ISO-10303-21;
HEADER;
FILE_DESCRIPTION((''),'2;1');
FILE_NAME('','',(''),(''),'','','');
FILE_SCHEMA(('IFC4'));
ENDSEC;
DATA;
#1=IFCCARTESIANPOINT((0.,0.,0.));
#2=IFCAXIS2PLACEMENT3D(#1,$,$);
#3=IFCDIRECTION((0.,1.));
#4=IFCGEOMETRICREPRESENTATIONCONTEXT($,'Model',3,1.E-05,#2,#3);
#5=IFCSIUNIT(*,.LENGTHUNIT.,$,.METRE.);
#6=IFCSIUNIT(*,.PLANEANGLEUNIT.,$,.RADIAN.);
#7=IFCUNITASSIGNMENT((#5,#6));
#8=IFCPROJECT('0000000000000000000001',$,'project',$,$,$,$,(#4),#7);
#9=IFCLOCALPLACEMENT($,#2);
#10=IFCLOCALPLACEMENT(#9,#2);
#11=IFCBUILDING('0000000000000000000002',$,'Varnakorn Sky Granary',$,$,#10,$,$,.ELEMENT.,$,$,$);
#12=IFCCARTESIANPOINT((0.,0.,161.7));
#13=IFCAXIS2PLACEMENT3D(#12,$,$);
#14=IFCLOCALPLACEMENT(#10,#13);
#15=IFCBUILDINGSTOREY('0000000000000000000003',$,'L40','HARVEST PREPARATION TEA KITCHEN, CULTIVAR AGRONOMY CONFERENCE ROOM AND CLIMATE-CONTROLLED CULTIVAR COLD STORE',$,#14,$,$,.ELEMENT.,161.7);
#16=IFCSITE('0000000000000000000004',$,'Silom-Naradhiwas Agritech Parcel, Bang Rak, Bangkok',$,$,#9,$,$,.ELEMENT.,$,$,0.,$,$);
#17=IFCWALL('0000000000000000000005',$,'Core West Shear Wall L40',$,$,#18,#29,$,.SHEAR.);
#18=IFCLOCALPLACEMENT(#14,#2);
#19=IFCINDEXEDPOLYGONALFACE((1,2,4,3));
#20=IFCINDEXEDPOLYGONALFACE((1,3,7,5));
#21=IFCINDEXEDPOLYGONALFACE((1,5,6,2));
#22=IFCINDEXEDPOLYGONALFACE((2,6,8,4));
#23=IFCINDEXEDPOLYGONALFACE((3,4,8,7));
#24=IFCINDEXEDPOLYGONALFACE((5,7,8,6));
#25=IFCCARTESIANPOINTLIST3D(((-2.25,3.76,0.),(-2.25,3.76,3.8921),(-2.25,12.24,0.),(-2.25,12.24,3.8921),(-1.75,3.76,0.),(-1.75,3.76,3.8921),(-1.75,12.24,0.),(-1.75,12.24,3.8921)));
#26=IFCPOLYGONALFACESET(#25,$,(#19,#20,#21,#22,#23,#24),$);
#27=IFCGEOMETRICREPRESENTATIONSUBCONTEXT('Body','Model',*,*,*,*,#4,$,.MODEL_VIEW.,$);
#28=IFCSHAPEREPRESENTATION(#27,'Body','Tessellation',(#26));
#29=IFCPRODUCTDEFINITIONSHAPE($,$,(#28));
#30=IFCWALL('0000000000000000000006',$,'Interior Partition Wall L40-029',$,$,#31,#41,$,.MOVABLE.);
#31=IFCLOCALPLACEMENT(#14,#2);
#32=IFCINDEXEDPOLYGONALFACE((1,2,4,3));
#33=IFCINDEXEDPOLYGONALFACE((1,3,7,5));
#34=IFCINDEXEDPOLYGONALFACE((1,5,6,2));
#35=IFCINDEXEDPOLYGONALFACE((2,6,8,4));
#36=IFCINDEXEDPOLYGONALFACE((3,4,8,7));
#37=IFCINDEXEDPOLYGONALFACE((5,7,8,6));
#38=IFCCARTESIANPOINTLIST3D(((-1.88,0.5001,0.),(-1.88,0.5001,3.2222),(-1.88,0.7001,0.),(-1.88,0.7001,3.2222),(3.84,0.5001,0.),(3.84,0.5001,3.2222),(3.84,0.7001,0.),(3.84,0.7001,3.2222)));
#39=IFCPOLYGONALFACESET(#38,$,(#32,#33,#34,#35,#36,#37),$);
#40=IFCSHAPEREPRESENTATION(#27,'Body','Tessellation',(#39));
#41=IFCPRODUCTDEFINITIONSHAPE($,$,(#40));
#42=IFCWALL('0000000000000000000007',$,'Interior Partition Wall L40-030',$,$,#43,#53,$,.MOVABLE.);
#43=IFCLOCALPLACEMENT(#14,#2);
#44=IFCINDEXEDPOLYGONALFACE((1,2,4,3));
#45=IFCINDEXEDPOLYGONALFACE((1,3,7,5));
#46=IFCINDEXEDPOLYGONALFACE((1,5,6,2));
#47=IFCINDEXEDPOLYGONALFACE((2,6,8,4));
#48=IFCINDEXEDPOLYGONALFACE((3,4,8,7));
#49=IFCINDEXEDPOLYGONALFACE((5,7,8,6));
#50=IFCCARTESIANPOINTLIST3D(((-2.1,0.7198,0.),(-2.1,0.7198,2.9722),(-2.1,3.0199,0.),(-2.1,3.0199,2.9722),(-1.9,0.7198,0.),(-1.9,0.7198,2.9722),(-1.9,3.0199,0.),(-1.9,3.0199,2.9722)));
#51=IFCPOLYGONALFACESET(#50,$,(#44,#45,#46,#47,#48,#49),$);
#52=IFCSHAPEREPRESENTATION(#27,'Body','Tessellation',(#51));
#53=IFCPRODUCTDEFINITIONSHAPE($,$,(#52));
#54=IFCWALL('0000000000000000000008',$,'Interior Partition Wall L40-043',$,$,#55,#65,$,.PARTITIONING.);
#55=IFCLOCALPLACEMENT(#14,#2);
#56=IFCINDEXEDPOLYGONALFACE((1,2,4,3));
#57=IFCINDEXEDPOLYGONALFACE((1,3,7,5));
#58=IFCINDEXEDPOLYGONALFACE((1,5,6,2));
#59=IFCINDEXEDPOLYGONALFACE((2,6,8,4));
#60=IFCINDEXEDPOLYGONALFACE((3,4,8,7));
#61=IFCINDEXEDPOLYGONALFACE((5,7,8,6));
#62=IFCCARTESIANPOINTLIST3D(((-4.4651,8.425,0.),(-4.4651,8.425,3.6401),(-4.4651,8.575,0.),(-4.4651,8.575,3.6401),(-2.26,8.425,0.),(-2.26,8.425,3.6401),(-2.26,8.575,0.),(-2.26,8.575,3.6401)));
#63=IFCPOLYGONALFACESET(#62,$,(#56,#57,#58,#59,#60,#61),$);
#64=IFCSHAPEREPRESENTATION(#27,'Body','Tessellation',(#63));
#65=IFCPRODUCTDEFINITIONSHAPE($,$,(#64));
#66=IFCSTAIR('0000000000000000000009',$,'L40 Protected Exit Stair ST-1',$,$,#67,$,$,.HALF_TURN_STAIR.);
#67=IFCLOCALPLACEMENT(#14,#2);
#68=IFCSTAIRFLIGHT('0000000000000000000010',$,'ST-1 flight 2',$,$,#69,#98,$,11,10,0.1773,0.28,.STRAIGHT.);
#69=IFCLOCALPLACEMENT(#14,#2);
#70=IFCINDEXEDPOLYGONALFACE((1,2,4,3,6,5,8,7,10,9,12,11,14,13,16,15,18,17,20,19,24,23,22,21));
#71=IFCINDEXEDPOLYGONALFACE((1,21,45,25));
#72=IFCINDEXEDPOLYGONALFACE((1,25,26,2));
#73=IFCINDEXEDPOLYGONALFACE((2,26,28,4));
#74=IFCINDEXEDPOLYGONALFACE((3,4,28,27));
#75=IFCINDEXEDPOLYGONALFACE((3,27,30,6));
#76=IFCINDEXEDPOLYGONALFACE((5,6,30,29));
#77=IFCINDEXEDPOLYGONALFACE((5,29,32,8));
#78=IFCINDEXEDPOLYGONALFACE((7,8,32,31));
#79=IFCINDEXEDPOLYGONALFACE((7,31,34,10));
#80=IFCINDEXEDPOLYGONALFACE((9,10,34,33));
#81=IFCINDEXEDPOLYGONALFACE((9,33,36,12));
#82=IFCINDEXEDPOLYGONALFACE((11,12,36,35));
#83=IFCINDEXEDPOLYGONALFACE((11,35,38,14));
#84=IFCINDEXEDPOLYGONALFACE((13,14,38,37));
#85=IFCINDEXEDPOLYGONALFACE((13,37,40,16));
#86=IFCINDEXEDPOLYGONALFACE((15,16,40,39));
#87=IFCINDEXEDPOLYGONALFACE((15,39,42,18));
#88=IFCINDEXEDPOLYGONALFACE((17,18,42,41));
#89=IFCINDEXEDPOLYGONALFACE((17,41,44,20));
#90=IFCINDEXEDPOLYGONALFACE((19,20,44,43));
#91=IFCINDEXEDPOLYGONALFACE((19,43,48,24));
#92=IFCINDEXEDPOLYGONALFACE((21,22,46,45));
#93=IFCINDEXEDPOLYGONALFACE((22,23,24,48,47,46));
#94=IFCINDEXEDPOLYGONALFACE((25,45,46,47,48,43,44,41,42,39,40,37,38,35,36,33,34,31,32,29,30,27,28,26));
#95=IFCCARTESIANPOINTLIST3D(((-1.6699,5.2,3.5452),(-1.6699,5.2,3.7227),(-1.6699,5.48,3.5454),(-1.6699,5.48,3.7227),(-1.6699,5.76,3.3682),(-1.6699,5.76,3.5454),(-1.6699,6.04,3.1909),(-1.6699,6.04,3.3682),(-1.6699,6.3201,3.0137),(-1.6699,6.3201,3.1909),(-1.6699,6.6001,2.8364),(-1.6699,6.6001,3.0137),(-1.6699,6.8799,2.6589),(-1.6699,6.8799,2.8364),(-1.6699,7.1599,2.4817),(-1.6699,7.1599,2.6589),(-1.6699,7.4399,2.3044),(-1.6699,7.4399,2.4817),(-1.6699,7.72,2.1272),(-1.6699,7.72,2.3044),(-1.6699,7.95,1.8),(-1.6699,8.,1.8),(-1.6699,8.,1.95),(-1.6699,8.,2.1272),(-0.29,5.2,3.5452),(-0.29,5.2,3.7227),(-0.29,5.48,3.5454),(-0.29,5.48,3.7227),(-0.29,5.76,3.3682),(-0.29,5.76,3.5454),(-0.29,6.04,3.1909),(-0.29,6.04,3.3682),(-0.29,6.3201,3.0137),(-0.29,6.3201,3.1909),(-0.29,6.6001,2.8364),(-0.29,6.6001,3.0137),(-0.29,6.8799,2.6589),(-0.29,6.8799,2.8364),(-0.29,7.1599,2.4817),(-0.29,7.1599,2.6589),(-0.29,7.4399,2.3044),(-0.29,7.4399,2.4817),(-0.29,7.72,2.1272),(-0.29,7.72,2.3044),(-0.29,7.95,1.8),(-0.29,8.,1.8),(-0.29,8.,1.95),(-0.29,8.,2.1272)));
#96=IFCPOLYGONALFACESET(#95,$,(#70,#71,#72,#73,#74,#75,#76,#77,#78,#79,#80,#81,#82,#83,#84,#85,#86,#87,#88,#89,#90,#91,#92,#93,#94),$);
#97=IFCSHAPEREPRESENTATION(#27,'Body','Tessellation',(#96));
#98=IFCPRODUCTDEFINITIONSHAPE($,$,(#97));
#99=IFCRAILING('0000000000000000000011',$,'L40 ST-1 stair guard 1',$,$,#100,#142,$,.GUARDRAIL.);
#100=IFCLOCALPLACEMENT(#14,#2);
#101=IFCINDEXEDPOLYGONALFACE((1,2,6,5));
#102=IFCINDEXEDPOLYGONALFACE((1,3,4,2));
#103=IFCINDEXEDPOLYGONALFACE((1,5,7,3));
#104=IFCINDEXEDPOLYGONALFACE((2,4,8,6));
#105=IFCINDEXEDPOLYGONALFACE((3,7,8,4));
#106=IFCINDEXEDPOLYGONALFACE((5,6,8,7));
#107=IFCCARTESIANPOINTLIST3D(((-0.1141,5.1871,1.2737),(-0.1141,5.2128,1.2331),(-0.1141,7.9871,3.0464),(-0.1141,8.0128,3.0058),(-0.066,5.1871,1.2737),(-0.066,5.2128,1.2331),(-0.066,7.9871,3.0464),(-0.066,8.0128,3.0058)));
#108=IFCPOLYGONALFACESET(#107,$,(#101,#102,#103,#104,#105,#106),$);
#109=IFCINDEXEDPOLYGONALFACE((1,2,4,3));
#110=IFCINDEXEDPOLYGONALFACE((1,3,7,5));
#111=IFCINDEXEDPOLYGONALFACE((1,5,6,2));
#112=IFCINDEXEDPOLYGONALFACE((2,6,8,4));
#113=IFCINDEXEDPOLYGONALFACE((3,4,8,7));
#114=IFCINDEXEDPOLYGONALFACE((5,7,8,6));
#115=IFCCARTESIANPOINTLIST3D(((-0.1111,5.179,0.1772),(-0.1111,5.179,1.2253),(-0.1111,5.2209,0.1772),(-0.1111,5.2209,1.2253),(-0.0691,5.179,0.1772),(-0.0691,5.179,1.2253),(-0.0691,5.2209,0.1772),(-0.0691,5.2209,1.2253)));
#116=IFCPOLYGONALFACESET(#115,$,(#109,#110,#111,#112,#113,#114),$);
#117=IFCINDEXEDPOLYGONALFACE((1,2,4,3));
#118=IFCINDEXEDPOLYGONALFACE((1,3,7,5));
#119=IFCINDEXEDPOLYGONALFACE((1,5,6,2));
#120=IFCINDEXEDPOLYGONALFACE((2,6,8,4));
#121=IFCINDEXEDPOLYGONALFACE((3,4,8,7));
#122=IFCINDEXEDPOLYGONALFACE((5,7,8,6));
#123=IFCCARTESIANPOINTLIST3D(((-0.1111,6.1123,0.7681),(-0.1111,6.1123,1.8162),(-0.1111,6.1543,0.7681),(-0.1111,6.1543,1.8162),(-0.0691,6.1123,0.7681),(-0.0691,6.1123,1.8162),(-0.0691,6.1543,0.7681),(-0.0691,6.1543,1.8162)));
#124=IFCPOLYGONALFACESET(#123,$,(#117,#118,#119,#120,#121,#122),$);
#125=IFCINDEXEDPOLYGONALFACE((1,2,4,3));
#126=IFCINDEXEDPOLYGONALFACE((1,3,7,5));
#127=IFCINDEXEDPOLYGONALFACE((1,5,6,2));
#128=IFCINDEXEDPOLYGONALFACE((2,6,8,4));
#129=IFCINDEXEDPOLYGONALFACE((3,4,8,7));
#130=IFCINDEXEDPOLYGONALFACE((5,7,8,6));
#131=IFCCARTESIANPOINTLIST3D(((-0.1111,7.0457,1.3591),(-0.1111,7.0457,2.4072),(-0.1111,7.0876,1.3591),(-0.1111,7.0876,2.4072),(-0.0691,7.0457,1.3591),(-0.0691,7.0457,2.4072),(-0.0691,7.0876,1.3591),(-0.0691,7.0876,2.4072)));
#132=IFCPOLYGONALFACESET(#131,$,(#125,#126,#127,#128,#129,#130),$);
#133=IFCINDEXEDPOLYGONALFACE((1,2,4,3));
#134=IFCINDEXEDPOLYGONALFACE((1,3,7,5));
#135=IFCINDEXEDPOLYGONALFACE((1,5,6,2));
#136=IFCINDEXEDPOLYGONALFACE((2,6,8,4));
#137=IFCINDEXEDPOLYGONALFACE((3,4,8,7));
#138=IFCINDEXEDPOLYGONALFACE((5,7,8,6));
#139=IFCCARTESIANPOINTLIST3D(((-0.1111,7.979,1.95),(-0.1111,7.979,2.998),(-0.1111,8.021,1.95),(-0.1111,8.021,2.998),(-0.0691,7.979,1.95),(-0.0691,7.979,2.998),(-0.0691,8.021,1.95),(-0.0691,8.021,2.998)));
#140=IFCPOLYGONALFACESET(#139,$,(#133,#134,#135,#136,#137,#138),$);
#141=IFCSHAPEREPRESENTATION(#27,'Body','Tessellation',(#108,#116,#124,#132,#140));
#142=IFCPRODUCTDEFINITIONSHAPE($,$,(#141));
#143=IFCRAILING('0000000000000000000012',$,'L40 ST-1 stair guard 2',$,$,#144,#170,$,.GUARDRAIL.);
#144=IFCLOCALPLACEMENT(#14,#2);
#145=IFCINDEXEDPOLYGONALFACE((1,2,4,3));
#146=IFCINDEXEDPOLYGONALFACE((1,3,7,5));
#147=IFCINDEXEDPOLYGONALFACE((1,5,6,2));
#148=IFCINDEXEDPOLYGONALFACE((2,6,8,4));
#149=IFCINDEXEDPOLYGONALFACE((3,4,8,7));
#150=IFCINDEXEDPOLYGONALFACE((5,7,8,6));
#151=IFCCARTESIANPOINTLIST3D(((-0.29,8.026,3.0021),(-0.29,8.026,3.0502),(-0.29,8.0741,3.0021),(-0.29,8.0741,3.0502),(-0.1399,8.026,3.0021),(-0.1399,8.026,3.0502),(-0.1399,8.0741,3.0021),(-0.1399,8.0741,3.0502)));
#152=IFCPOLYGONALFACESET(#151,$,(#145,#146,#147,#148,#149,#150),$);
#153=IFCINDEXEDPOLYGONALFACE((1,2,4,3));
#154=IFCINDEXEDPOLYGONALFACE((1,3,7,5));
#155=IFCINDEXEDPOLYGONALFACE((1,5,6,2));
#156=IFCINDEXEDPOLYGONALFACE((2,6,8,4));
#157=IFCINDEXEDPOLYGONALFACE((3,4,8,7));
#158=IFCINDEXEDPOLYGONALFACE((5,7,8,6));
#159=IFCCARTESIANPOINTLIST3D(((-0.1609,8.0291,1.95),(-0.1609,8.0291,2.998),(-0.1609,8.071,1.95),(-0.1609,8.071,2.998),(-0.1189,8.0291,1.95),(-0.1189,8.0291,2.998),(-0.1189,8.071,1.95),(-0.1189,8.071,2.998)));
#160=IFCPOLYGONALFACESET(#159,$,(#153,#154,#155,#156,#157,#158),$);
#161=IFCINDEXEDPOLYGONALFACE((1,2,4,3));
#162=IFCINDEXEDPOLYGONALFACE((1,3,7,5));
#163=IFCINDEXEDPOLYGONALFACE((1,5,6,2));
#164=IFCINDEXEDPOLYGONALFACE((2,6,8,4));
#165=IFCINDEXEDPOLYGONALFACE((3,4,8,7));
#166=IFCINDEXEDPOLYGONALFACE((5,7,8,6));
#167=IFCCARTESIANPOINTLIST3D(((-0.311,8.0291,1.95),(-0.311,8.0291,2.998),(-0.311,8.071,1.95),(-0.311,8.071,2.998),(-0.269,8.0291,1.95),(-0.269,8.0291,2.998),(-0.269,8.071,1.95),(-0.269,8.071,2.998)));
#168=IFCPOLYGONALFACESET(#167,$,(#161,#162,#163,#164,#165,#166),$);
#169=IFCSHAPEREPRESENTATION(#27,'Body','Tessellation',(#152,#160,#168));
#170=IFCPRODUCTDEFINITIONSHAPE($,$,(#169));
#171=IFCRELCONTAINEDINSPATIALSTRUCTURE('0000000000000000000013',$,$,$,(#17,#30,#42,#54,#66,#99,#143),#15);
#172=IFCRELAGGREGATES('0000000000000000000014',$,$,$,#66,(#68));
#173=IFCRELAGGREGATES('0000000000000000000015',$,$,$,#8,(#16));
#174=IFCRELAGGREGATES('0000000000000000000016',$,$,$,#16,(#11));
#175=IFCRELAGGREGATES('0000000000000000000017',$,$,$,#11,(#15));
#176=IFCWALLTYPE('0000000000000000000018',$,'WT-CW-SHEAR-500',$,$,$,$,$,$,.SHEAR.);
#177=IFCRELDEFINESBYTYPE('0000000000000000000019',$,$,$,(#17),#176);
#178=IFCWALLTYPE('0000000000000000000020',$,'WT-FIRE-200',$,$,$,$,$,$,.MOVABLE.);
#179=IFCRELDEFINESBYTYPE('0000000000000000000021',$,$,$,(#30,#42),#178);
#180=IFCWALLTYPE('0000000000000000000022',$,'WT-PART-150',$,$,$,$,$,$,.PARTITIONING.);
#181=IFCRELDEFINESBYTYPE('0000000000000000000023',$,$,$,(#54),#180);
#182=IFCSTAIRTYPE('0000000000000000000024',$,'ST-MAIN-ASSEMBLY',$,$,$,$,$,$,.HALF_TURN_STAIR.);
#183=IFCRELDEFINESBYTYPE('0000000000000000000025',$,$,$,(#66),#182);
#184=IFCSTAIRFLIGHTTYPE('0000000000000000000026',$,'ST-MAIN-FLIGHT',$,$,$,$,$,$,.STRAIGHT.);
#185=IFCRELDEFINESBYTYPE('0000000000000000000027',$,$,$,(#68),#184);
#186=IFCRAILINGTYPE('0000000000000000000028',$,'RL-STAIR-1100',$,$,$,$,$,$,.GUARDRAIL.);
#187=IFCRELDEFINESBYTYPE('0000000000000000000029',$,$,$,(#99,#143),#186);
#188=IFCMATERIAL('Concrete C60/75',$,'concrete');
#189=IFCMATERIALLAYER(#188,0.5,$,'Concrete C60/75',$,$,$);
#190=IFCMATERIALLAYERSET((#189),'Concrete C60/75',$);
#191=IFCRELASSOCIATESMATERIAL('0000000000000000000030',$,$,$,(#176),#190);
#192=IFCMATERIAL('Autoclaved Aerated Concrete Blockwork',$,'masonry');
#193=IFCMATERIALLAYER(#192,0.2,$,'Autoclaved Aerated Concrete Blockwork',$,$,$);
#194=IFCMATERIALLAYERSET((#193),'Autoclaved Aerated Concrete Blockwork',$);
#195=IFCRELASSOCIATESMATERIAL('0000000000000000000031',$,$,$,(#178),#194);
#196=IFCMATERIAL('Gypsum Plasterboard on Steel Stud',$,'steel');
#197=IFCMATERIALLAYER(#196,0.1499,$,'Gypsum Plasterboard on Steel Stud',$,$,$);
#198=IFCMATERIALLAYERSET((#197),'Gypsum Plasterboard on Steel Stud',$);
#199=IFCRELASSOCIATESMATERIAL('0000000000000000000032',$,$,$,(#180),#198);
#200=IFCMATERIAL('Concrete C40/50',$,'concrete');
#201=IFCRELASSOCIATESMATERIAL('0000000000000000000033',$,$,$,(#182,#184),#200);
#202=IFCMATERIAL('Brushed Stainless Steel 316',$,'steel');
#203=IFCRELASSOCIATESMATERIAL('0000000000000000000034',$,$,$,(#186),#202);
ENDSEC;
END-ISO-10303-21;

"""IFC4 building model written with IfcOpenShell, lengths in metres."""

from ifc_helpers import new_model, si_unit, direction, frame, frame_2d, origin, origin_2d, place, context, subcontext, project, spatial, polyline, rectangle, outline, extrude, material, layer, layer_set, type_object, element, aggregate, save


model = new_model("IFC4")

# Units and contexts
model_context = context("Model", 3, precision=1e-05, world=origin(), true_north=direction((0.0, 1.0)))
body_context = subcontext(model_context, "Body", "Model", "MODEL_VIEW")
ifc_project = project(units=[si_unit("LENGTHUNIT", "METRE"), si_unit("PLANEANGLEUNIT", "RADIAN")], contexts=[model_context])

# Site, building, storey
site_placement = place(None, origin())
site = spatial("IfcSite", under=ifc_project, at=site_placement, Name="Silom-Naradhiwas Agritech Parcel, Bang Rak, Bangkok", CompositionType="ELEMENT", RefElevation=0.0)
building_placement = place(site_placement, origin())
building = spatial("IfcBuilding", under=site, at=building_placement, Name="Varnakorn Sky Granary", CompositionType="ELEMENT")
storey_placement = place(building_placement, frame((0.0, 0.0, 161.7)))
storey = spatial("IfcBuildingStorey", under=building, at=storey_placement, Name="L40", Description="HARVEST PREPARATION TEA KITCHEN, CULTIVAR AGRONOMY CONFERENCE ROOM AND CLIMATE-CONTROLLED CULTIVAR COLD STORE", CompositionType="ELEMENT", Elevation=161.7)

# Shared definitions
ifc_material_1 = material(Name="Concrete C60/75", Category="concrete")
ifc_layer_1 = layer(ifc_material_1, 0.5, Name="Concrete C60/75")
ifc_layer_set_1 = layer_set([ifc_layer_1], Name="Concrete C60/75")
wall_type_1 = type_object("IfcWallType", Name="WT-CW-SHEAR-500", PredefinedType="SHEAR", material=ifc_layer_set_1)

# Walls
wall_1_placement = place(storey_placement, frame((-2.0, 3.76, 0.0), z_axis=(0.0, 0.0, 1.0), x_axis=(0.0, 1.0, 0.0)))
element("IfcWall", 1, at=wall_1_placement, inside=storey, type_object=wall_type_1, Name="Core West Shear Wall L40", PredefinedType="SHEAR", context=body_context, shape_type="SweptSolid", body=[
    extrude(rectangle(XDim=8.48, YDim=0.5, at=frame_2d((4.24, 0.0))), origin(), (0.0, 0.0, 1.0), 3.8921),
])
ifc_material_2 = material(Name="Autoclaved Aerated Concrete Blockwork", Category="masonry")
ifc_layer_2 = layer(ifc_material_2, 0.2, Name="Autoclaved Aerated Concrete Blockwork")
ifc_layer_set_2 = layer_set([ifc_layer_2], Name="Autoclaved Aerated Concrete Blockwork")
wall_type_2 = type_object("IfcWallType", Name="WT-FIRE-200", PredefinedType="MOVABLE", material=ifc_layer_set_2)
wall_2_placement = place(storey_placement, frame((-1.8799, 0.6001, 0.0), z_axis=(0.0, 0.0, 1.0), x_axis=(1.0, 0.0, 0.0)))
element("IfcWall", 2, at=wall_2_placement, inside=storey, type_object=wall_type_2, Name="Interior Partition Wall L40-029", PredefinedType="MOVABLE", context=body_context, shape_type="SweptSolid", body=[
    extrude(rectangle(XDim=5.72, YDim=0.2, at=frame_2d((2.8599, 0.0))), origin(), (0.0, 0.0, 1.0), 3.2222),
])
wall_3_placement = place(storey_placement, frame((-2.0, 0.72, 0.0), z_axis=(0.0, 0.0, 1.0), x_axis=(0.0, 1.0, 0.0)))
element("IfcWall", 3, at=wall_3_placement, inside=storey, type_object=wall_type_2, Name="Interior Partition Wall L40-030", PredefinedType="MOVABLE", context=body_context, shape_type="SweptSolid", body=[
    extrude(rectangle(XDim=2.3, YDim=0.2, at=frame_2d((1.1499, 0.0))), origin(), (0.0, 0.0, 1.0), 2.9722),
])
ifc_material_3 = material(Name="Gypsum Plasterboard on Steel Stud", Category="steel")
ifc_layer_3 = layer(ifc_material_3, 0.1499, Name="Gypsum Plasterboard on Steel Stud")
ifc_layer_set_3 = layer_set([ifc_layer_3], Name="Gypsum Plasterboard on Steel Stud")
wall_type_3 = type_object("IfcWallType", Name="WT-PART-150", PredefinedType="PARTITIONING", material=ifc_layer_set_3)
wall_4_placement = place(storey_placement, frame((-4.4651, 8.5, 0.0), z_axis=(0.0, 0.0, 1.0), x_axis=(1.0, 0.0, 0.0)))
element("IfcWall", 4, at=wall_4_placement, inside=storey, type_object=wall_type_3, Name="Interior Partition Wall L40-043", PredefinedType="PARTITIONING", context=body_context, shape_type="SweptSolid", body=[
    extrude(rectangle(XDim=2.2051, YDim=0.1499, at=frame_2d((1.1025, 0.0))), origin(), (0.0, 0.0, 1.0), 3.6401),
])

# Stair, stair flight
ifc_material_4 = material(Name="Concrete C40/50", Category="concrete")
stair_type = type_object("IfcStairType", Name="ST-MAIN-ASSEMBLY", PredefinedType="HALF_TURN_STAIR", material=ifc_material_4)
stair_placement = place(storey_placement, origin())
stair = element("IfcStair", 5, at=stair_placement, inside=storey, type_object=stair_type, Name="L40 Protected Exit Stair ST-1", PredefinedType="HALF_TURN_STAIR")
stair_flight_type = type_object("IfcStairFlightType", Name="ST-MAIN-FLIGHT", PredefinedType="STRAIGHT", material=ifc_material_4)
stair_flight_placement = place(storey_placement, frame((-0.98, 8.0, 1.95), z_axis=(0.0, 0.0, 1.0), x_axis=(0.0, -1.0, 0.0)))
stair_flight = element("IfcStairFlight", 6, at=stair_flight_placement, type_object=stair_flight_type, Name="ST-1 flight 2", NumberOfRisers=11, NumberOfTreads=10, PredefinedType="STRAIGHT", RiserHeight=0.1773, TreadLength=0.28, context=body_context, shape_type="SweptSolid", body=[
    extrude(outline(polyline([(0.0, -0.1499), (0.0, 0.0), (0.0, 0.1772), (0.28, 0.1772), (0.28, 0.3545), (0.5601, 0.3545), (0.5601, 0.5317), (0.8401, 0.5317), (0.8401, 0.709), (1.1201, 0.709), (1.1201, 0.8865), (1.3999, 0.8865), (1.3999, 1.0637), (1.6799, 1.0637), (1.6799, 1.241), (1.96, 1.241), (1.96, 1.4182), (2.24, 1.4182), (2.24, 1.5955), (2.52, 1.5955), (2.52, 1.7727), (2.8, 1.7727), (2.8, 1.95), (2.8, 1.5952), (0.05, -0.1499), (0.0, -0.1499)])), frame((0.0, 0.6899, 0.0), z_axis=(0.0, -1.0, 0.0), x_axis=(1.0, 0.0, 0.0)), (0.0, 0.0, 1.0), 1.3799),
])
aggregate(stair, [stair_flight])

# Railings
ifc_material_5 = material(Name="Brushed Stainless Steel 316", Category="steel")
railing_type_1 = type_object("IfcRailingType", Name="RL-STAIR-1100", PredefinedType="GUARDRAIL", material=ifc_material_5)
railing_1_placement = place(storey_placement, frame((-0.0901, 5.2, 0.1772)))
element("IfcRailing", 7, at=railing_1_placement, inside=storey, type_object=railing_type_1, Name="L40 ST-1 stair guard 1", PredefinedType="GUARDRAIL", context=body_context, shape_type="SweptSolid", body=[
    extrude(rectangle(XDim=0.0481, YDim=0.0481, at=origin_2d()), frame((0.0, 0.0, 1.0762), z_axis=(0.0, 0.844909, 0.53491), x_axis=(-1.0, 0.0, 0.0)), (0.0, 0.0, 1.0), 3.314),
    extrude(rectangle(XDim=0.042, YDim=0.042, at=origin_2d()), origin(), (0.0, 0.0, 1.0), 1.0481),
    extrude(rectangle(XDim=0.042, YDim=0.042, at=origin_2d()), frame((0.0, 0.9333, 0.5908)), (0.0, 0.0, 1.0), 1.0481),
    extrude(rectangle(XDim=0.042, YDim=0.042, at=origin_2d()), frame((0.0, 1.8667, 1.1819)), (0.0, 0.0, 1.0), 1.0481),
    extrude(rectangle(XDim=0.042, YDim=0.042, at=origin_2d()), frame((0.0, 2.8, 1.7727)), (0.0, 0.0, 1.0), 1.0481),
])
railing_2_placement = place(storey_placement, frame((-0.1399, 8.05, 1.95)))
element("IfcRailing", 8, at=railing_2_placement, inside=storey, type_object=railing_type_1, Name="L40 ST-1 stair guard 2", PredefinedType="GUARDRAIL", context=body_context, shape_type="SweptSolid", body=[
    extrude(rectangle(XDim=0.0481, YDim=0.0481, at=origin_2d()), frame((0.0, 0.0, 1.0762), z_axis=(-1.0, 0.0, 0.0), x_axis=(0.0, -1.0, 0.0)), (0.0, 0.0, 1.0), 0.1501),
    extrude(rectangle(XDim=0.042, YDim=0.042, at=origin_2d()), origin(), (0.0, 0.0, 1.0), 1.0481),
    extrude(rectangle(XDim=0.042, YDim=0.042, at=origin_2d()), frame((-0.1501, 0.0, 0.0)), (0.0, 0.0, 1.0), 1.0481),
])

save(model, "model.ifc")
